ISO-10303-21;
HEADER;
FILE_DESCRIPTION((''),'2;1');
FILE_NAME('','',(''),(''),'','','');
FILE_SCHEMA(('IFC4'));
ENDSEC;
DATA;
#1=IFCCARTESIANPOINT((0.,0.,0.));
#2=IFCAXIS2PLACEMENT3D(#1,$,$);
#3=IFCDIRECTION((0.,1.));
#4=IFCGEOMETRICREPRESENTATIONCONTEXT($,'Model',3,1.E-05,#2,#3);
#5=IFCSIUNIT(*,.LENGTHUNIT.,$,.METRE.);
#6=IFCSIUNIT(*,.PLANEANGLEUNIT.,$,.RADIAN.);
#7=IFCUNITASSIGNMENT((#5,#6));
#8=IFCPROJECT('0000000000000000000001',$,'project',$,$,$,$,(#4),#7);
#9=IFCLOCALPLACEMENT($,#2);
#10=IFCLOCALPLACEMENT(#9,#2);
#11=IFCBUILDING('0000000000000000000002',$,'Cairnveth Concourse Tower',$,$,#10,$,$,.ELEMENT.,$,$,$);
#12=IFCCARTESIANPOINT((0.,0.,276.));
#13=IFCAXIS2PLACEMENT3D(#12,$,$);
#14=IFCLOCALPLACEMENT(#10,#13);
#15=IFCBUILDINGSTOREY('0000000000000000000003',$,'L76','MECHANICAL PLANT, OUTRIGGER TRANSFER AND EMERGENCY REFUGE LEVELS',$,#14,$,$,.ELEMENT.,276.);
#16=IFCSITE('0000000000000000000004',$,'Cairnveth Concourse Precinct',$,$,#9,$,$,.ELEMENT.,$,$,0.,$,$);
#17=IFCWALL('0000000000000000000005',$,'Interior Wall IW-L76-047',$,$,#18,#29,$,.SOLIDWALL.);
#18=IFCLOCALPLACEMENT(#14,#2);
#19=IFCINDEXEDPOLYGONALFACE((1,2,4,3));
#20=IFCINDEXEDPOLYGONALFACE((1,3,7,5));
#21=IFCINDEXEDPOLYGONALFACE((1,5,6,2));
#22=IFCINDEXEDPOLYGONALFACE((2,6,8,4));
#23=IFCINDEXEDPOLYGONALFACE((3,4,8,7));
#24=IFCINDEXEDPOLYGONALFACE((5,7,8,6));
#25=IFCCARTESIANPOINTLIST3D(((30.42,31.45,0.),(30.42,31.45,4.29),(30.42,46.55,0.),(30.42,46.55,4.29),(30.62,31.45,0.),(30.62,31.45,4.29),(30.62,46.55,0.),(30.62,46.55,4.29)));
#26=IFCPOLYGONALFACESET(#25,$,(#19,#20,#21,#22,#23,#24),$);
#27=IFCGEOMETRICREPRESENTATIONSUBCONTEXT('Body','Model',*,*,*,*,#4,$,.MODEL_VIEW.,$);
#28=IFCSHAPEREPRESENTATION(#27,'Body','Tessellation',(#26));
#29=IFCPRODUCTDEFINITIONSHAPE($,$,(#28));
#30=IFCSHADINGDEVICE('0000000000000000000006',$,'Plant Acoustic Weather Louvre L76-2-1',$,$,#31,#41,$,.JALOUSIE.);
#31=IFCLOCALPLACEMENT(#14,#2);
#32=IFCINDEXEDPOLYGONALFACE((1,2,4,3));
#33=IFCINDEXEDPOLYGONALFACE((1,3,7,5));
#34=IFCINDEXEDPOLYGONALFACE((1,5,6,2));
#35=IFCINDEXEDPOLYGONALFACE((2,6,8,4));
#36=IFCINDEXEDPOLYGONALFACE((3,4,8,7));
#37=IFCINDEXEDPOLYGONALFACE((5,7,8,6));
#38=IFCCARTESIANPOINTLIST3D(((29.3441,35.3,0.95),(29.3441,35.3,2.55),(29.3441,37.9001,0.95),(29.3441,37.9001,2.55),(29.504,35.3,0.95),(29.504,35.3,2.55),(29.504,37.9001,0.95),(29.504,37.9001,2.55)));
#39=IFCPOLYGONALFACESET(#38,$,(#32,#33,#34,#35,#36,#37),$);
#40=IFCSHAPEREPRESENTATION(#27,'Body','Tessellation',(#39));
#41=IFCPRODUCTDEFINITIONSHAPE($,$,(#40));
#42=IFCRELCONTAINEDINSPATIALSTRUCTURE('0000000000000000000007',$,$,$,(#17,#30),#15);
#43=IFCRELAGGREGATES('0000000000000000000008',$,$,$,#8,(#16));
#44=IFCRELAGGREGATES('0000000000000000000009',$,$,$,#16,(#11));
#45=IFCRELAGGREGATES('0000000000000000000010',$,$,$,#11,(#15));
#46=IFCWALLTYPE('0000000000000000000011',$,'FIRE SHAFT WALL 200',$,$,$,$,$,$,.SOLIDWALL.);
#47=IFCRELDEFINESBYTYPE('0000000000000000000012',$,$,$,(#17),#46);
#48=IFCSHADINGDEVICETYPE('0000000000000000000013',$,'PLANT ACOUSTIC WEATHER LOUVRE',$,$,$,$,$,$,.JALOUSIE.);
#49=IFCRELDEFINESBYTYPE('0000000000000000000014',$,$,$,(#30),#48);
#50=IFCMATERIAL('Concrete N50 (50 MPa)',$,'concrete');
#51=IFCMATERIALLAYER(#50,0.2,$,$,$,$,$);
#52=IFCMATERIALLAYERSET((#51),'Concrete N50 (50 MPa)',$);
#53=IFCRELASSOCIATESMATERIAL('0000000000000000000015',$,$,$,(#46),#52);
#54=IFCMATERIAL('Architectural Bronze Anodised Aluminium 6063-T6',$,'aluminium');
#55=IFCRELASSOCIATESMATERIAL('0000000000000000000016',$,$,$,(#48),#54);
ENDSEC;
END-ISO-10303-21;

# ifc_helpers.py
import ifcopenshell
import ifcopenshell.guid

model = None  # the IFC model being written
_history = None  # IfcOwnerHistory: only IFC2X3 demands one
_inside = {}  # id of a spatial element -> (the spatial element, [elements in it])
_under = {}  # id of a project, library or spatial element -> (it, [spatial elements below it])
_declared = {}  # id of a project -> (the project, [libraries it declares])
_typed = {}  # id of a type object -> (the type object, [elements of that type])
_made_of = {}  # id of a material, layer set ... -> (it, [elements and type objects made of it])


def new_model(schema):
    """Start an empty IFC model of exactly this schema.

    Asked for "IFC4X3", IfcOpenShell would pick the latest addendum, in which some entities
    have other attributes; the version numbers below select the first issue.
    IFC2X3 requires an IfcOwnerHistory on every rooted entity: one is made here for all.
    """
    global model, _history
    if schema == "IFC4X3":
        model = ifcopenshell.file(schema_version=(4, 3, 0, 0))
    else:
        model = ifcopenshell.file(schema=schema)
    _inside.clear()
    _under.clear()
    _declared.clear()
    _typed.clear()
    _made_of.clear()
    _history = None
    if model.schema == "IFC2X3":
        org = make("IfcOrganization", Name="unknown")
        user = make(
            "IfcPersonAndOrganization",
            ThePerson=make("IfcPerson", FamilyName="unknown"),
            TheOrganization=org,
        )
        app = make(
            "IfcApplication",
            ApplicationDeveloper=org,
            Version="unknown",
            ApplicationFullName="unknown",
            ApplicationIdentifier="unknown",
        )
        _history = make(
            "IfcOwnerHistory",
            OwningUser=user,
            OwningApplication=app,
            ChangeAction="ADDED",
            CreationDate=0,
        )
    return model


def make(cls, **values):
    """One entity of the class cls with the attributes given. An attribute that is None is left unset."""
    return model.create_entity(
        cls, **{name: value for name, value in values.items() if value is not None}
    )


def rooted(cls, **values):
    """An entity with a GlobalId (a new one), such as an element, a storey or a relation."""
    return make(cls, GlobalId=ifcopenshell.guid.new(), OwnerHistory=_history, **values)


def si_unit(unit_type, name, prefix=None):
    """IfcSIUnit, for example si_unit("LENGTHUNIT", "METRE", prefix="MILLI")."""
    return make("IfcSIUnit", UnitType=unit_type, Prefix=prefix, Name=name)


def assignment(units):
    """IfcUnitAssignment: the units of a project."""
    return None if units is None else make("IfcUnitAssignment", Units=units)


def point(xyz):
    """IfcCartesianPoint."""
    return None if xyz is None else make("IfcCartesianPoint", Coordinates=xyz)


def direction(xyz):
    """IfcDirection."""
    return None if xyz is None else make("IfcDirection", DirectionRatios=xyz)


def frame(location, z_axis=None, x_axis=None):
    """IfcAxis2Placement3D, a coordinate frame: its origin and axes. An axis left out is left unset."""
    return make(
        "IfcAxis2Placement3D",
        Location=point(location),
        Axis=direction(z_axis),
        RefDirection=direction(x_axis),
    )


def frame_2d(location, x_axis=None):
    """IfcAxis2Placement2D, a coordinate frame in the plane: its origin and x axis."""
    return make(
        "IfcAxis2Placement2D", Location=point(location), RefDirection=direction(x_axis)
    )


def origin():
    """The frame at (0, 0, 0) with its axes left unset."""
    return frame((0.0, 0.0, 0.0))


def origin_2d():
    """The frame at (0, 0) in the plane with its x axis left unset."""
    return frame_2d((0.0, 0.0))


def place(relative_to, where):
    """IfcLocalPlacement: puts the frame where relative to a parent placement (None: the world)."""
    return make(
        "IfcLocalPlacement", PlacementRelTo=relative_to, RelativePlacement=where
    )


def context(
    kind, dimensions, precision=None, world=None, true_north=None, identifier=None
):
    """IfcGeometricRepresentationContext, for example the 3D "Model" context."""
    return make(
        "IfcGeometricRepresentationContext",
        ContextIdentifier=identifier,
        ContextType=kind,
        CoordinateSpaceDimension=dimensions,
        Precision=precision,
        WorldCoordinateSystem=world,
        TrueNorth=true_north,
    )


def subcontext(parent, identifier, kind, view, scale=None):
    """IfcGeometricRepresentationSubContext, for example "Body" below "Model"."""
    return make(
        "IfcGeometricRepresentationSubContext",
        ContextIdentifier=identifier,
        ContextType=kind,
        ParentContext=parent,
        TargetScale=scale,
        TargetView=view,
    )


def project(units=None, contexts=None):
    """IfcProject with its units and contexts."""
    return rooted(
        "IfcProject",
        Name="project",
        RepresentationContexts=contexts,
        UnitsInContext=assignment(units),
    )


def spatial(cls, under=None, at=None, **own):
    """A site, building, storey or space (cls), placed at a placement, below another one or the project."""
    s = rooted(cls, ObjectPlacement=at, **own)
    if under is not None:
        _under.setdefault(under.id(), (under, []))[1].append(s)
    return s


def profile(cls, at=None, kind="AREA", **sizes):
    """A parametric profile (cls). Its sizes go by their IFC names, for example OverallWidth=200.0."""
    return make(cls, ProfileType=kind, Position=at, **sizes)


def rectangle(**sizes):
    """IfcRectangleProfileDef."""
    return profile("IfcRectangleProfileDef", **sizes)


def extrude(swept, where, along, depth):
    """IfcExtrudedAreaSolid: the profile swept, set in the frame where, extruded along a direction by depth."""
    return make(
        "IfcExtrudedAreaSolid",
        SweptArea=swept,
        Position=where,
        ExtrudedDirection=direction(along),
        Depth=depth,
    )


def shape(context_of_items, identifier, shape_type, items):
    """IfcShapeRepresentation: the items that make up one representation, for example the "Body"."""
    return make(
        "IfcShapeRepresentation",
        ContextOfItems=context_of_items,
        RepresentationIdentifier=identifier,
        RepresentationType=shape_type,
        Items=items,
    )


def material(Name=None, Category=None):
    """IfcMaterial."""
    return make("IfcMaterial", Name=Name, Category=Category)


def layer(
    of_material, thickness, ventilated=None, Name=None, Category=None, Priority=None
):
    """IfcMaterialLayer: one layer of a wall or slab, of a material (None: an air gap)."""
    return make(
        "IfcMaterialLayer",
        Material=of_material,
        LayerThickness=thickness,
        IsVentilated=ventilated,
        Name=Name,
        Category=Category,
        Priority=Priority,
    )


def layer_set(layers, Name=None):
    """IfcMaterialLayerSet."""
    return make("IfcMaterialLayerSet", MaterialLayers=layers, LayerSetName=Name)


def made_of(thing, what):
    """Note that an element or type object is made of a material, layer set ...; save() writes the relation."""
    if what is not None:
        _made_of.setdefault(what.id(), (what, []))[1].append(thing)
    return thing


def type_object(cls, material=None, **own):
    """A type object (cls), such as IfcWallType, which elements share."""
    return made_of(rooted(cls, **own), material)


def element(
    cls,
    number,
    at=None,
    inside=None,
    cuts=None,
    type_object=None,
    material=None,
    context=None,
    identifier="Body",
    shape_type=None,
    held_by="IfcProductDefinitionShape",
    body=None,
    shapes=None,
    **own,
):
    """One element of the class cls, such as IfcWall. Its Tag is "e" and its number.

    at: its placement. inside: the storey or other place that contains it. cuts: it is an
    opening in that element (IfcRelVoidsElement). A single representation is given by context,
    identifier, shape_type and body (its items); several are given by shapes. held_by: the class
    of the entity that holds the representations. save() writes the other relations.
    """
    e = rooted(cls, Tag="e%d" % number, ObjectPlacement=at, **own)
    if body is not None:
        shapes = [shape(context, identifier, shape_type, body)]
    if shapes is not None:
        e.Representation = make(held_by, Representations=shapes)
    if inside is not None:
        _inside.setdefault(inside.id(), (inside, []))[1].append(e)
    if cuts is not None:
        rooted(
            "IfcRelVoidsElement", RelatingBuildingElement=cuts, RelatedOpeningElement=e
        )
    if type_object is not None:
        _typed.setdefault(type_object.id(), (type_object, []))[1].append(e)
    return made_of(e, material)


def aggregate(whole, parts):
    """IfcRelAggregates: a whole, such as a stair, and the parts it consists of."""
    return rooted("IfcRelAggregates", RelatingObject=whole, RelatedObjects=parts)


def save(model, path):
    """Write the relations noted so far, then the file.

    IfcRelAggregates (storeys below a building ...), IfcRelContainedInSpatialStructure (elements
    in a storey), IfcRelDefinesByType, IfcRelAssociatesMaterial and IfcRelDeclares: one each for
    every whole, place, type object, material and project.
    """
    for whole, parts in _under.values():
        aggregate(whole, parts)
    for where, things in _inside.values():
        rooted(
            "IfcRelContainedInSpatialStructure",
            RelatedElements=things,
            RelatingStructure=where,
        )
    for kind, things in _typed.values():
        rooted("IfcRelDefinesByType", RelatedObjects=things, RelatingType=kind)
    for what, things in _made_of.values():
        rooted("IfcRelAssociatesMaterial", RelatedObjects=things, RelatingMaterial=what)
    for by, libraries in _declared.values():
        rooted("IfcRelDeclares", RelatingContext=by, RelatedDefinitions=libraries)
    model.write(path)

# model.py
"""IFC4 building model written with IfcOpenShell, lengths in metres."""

from ifc_helpers import new_model, si_unit, direction, frame, frame_2d, origin, origin_2d, place, context, subcontext, project, spatial, rectangle, extrude, material, layer, layer_set, type_object, element, save


model = new_model("IFC4")

# Units and contexts
model_context = context("Model", 3, precision=1e-05, world=origin(), true_north=direction((0.0, 1.0)))
body_context = subcontext(model_context, "Body", "Model", "MODEL_VIEW")
ifc_project = project(units=[si_unit("LENGTHUNIT", "METRE"), si_unit("PLANEANGLEUNIT", "RADIAN")], contexts=[model_context])

# Site, building, storey
site_placement = place(None, origin())
site = spatial("IfcSite", under=ifc_project, at=site_placement, Name="Cairnveth Concourse Precinct", CompositionType="ELEMENT", RefElevation=0.0)
building_placement = place(site_placement, origin())
building = spatial("IfcBuilding", under=site, at=building_placement, Name="Cairnveth Concourse Tower", CompositionType="ELEMENT")
storey_placement = place(building_placement, frame((0.0, 0.0, 276.0)))
storey = spatial("IfcBuildingStorey", under=building, at=storey_placement, Name="L76", Description="MECHANICAL PLANT, OUTRIGGER TRANSFER AND EMERGENCY REFUGE LEVELS", CompositionType="ELEMENT", Elevation=276.0)

# Wall
ifc_material_1 = material(Name="Concrete N50 (50 MPa)", Category="concrete")
ifc_layer_1 = layer(ifc_material_1, 0.2)
ifc_layer_set_1 = layer_set([ifc_layer_1], Name="Concrete N50 (50 MPa)")
wall_type = type_object("IfcWallType", Name="FIRE SHAFT WALL 200", PredefinedType="SOLIDWALL", material=ifc_layer_set_1)
wall_1_placement = place(storey_placement, frame((30.52, 31.45, 0.0), z_axis=(0.0, 0.0, 1.0), x_axis=(0.0, 1.0, 0.0)))
element("IfcWall", 1, at=wall_1_placement, inside=storey, type_object=wall_type, Name="Interior Wall IW-L76-047", PredefinedType="SOLIDWALL", context=body_context, shape_type="SweptSolid", body=[
    extrude(rectangle(XDim=15.1001, YDim=0.2, at=frame_2d((7.55, 0.0))), origin(), (0.0, 0.0, 1.0), 4.29),
])

# Shading device
ifc_material_2 = material(Name="Architectural Bronze Anodised Aluminium 6063-T6", Category="aluminium")
shading_device_type = type_object("IfcShadingDeviceType", Name="PLANT ACOUSTIC WEATHER LOUVRE", PredefinedType="JALOUSIE", material=ifc_material_2)
shading_device_placement = place(storey_placement, frame((29.4241, 36.6001, 0.95), z_axis=(0.0, 0.0, 1.0), x_axis=(1.0, 0.0, 0.0)))
element("IfcShadingDevice", 2, at=shading_device_placement, inside=storey, type_object=shading_device_type, Name="Plant Acoustic Weather Louvre L76-2-1", PredefinedType="JALOUSIE", context=body_context, shape_type="SweptSolid", body=[
    extrude(rectangle(XDim=0.1599, YDim=2.6001, at=origin_2d()), origin(), (0.0, 0.0, 1.0), 1.6001),
])

save(model, "model.ifc")
